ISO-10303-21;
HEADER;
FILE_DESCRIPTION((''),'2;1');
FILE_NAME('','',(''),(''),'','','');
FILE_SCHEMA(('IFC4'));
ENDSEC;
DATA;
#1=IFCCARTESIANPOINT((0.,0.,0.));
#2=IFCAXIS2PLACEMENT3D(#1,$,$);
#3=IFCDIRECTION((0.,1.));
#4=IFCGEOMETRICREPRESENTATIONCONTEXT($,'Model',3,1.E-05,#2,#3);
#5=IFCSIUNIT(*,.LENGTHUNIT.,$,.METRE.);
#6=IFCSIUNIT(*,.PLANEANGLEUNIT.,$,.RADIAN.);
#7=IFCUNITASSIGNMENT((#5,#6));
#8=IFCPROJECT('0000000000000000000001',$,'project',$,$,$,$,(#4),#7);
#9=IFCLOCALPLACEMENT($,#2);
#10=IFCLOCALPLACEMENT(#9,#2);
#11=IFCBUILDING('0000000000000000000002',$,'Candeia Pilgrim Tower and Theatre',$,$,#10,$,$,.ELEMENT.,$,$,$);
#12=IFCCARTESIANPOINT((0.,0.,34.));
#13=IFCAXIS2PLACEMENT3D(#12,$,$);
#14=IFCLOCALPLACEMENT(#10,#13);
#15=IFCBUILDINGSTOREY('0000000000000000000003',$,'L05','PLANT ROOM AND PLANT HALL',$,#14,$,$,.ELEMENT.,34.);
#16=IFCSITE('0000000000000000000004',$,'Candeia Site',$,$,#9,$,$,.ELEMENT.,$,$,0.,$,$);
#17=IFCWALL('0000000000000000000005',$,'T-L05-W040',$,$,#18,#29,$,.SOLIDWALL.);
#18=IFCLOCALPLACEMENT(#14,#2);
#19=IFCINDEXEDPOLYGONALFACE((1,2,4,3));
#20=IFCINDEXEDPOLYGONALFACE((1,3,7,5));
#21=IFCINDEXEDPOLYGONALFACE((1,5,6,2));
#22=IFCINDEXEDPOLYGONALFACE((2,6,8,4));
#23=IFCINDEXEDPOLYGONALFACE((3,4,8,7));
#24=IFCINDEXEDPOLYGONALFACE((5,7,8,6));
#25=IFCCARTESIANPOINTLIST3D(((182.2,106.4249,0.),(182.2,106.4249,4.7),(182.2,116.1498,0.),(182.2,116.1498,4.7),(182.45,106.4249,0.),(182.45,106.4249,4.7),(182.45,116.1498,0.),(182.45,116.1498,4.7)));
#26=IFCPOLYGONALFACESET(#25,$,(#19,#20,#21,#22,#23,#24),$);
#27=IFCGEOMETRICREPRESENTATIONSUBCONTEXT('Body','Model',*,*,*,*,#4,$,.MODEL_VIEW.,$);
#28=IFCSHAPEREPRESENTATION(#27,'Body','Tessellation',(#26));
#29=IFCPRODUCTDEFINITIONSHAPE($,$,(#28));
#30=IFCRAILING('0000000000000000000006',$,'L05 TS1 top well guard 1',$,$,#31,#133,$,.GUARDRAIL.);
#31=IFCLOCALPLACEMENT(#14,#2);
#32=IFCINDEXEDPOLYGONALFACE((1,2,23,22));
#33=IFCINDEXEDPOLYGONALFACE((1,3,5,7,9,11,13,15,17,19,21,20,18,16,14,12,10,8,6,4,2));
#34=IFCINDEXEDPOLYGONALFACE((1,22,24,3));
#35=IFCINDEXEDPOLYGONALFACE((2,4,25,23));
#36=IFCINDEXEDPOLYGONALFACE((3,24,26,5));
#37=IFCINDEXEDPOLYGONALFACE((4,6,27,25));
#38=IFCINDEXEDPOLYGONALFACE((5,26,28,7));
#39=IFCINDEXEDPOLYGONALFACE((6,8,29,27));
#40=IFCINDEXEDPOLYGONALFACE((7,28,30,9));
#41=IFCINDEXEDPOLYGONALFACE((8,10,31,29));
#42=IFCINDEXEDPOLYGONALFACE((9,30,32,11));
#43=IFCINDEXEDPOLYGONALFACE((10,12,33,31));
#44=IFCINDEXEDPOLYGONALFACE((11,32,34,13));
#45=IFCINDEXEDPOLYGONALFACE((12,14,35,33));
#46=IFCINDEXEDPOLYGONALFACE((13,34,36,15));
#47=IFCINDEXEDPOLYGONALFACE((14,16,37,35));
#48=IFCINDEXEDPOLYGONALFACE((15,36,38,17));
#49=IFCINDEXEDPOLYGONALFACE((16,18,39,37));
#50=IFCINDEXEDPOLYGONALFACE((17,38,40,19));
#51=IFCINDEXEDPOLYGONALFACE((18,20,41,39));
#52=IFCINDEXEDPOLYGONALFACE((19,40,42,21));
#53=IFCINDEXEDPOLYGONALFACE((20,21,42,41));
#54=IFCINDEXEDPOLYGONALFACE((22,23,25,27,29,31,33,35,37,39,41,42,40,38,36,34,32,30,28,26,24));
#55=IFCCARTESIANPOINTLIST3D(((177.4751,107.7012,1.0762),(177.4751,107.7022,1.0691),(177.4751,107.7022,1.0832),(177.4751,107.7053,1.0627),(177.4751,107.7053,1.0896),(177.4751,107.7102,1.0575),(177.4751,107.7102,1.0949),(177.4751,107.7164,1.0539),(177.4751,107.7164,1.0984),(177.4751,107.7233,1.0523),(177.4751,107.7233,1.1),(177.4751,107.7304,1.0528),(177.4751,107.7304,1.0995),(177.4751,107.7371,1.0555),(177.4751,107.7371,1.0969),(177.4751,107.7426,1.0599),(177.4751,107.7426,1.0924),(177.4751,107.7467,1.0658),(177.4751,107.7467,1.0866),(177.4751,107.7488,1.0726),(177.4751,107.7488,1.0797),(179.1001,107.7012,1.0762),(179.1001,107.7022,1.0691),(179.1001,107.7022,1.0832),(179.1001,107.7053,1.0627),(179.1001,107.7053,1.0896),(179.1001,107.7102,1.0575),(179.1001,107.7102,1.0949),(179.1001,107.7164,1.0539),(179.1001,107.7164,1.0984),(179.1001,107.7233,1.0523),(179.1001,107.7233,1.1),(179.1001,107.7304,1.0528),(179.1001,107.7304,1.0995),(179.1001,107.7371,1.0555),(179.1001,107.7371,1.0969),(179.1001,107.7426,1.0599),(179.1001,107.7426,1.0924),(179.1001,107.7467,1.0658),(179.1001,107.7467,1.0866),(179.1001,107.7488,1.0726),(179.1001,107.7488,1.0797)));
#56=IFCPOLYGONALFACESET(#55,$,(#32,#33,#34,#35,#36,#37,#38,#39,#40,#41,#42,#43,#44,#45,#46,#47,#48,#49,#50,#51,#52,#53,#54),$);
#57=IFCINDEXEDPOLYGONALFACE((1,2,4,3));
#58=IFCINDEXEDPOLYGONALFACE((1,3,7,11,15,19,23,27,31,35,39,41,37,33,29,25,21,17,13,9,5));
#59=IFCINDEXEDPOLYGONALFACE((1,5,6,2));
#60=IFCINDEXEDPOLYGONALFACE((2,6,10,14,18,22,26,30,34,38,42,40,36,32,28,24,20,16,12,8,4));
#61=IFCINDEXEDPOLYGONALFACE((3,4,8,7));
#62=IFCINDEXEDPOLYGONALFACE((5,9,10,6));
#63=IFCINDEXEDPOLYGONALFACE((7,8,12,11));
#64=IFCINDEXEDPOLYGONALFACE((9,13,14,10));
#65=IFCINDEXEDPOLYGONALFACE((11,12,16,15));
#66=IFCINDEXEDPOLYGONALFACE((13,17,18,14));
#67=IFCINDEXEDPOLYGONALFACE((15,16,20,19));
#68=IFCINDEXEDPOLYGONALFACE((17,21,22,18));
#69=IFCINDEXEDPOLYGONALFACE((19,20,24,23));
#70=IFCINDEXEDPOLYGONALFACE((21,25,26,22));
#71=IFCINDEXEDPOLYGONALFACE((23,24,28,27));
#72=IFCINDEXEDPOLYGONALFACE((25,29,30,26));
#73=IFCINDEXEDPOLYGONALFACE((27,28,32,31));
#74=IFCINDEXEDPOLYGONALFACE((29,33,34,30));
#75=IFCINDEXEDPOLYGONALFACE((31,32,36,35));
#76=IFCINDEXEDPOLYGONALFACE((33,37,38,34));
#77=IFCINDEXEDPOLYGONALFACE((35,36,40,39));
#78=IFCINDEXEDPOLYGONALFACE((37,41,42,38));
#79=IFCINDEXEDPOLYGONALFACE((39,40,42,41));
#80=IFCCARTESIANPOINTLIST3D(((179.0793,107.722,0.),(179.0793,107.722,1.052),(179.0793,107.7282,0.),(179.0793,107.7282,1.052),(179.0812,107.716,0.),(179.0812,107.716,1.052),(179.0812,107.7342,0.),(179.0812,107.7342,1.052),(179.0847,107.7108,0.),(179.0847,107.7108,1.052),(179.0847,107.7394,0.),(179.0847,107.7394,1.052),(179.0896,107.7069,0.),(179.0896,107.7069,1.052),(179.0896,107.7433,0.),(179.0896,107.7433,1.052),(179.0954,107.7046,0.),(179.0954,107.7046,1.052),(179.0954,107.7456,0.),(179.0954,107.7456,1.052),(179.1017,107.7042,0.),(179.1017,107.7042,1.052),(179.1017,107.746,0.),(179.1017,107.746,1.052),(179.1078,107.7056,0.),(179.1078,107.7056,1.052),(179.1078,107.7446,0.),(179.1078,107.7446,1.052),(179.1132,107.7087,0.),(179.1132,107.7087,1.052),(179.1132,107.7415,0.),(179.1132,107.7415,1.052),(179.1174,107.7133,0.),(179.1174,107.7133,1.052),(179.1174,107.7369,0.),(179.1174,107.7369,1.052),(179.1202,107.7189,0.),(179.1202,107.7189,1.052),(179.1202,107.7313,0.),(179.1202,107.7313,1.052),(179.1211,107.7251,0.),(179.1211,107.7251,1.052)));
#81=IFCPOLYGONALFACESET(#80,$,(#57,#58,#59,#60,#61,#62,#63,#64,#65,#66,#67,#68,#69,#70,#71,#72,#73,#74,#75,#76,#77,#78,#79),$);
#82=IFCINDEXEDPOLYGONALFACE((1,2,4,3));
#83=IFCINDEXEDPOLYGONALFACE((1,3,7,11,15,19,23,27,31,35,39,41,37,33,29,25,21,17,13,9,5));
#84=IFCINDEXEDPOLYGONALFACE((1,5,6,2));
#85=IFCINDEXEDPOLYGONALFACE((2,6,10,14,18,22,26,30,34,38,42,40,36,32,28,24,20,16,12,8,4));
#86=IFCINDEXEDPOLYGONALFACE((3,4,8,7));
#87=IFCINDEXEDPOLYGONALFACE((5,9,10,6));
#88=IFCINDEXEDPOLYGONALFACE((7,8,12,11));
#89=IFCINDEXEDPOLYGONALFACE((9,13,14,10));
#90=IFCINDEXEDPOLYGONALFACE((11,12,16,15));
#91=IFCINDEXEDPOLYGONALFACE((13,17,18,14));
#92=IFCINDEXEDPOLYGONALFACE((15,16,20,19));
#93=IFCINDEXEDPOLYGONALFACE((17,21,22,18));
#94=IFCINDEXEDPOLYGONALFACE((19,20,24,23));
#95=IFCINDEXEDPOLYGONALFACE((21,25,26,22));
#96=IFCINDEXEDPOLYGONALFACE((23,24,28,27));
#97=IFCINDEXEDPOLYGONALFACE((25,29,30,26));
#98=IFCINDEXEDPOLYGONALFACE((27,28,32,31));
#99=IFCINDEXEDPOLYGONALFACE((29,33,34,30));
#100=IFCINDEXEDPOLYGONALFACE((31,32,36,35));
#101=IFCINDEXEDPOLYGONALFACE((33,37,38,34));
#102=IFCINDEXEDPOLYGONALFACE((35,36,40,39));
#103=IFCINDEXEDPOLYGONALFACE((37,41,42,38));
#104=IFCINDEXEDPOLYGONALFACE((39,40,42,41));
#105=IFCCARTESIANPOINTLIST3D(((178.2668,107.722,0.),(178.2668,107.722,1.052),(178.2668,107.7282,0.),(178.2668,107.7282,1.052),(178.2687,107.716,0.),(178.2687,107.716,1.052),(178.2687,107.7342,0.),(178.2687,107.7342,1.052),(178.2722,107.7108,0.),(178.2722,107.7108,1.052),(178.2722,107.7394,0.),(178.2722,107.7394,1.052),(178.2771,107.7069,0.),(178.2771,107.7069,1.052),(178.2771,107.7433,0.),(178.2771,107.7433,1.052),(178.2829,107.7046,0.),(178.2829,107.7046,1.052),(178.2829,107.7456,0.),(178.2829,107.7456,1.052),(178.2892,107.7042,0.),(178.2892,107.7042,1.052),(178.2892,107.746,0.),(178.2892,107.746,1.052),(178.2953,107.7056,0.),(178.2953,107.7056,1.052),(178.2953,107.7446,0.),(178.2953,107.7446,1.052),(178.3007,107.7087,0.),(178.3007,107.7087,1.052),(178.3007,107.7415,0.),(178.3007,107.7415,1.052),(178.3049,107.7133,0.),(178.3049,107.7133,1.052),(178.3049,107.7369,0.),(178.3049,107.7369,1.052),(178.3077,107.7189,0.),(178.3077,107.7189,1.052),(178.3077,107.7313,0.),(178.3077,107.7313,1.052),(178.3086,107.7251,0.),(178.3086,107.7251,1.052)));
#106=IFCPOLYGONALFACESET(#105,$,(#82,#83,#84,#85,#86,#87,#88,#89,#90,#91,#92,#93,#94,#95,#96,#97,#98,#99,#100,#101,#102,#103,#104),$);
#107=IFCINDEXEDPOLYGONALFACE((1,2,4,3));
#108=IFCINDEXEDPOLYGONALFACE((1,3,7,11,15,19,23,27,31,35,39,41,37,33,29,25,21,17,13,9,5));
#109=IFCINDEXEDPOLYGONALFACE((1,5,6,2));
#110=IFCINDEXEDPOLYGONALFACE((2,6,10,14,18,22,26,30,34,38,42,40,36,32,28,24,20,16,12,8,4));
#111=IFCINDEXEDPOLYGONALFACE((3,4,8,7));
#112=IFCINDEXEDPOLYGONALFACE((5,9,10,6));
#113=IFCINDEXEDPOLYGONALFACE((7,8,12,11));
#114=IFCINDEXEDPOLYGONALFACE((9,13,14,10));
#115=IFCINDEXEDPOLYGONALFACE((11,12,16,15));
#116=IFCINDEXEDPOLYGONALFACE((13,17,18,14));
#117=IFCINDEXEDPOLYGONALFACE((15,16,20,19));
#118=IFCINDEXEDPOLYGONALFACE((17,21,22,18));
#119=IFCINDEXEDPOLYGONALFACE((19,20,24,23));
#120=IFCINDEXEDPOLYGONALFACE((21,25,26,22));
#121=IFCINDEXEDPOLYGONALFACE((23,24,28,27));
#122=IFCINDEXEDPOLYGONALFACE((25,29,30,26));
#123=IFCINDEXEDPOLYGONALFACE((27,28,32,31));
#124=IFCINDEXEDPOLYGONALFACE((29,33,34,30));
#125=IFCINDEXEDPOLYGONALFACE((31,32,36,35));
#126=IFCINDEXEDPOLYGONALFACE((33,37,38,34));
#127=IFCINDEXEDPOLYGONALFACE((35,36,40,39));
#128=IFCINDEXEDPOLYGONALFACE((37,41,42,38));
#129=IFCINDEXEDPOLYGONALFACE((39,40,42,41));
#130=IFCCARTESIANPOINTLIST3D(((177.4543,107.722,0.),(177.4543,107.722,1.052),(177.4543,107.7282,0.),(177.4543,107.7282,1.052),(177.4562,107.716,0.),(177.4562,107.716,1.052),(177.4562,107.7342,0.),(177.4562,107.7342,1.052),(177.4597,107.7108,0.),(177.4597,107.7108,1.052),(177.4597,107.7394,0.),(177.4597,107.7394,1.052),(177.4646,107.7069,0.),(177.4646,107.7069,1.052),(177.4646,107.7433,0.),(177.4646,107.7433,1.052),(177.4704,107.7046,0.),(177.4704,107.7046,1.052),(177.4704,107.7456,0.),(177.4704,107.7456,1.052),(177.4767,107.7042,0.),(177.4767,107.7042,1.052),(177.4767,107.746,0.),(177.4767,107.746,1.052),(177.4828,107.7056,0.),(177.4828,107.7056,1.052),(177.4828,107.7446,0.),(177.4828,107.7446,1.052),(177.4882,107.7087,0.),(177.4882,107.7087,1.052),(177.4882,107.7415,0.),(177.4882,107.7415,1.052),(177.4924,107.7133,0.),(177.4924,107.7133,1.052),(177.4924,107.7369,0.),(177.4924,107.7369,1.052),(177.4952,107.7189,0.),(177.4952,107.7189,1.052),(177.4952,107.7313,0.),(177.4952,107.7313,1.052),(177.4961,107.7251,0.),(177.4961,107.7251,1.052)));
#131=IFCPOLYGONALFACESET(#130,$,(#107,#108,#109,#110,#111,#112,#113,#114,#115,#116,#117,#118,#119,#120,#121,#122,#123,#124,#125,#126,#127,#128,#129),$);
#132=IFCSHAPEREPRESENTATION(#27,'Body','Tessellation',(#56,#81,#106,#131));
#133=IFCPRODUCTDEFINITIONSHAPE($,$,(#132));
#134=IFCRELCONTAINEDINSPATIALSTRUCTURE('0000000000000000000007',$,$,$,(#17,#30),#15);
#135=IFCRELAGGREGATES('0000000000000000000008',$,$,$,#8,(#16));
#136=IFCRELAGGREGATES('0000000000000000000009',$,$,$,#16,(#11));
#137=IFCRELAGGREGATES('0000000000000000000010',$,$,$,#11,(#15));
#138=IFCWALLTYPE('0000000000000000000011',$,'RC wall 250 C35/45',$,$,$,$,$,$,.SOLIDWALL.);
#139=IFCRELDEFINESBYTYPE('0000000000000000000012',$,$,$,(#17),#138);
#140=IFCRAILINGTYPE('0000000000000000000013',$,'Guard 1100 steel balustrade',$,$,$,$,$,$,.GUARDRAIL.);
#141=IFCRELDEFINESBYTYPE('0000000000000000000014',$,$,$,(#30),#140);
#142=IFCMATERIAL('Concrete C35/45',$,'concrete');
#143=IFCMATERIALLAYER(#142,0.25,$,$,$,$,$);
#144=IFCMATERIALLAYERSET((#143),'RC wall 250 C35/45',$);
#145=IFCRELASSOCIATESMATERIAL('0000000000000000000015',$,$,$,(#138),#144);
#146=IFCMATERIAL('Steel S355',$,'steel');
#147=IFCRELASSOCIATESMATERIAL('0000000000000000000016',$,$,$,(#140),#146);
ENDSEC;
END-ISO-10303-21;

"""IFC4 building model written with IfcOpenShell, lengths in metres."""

from ifc_helpers import new_model, si_unit, direction, frame, frame_2d, origin, origin_2d, place, context, subcontext, project, spatial, rectangle, circle, extrude, material, layer, layer_set, type_object, element, save


model = new_model("IFC4")

# Units and contexts
model_context = context("Model", 3, precision=1e-05, world=origin(), true_north=direction((0.0, 1.0)))
body_context = subcontext(model_context, "Body", "Model", "MODEL_VIEW")
ifc_project = project(units=[si_unit("LENGTHUNIT", "METRE"), si_unit("PLANEANGLEUNIT", "RADIAN")], contexts=[model_context])

# Site, building, storey
site_placement = place(None, origin())
site = spatial("IfcSite", under=ifc_project, at=site_placement, Name="Candeia Site", CompositionType="ELEMENT", RefElevation=0.0)
building_placement = place(site_placement, origin())
building = spatial("IfcBuilding", under=site, at=building_placement, Name="Candeia Pilgrim Tower and Theatre", CompositionType="ELEMENT")
storey_placement = place(building_placement, frame((0.0, 0.0, 34.0)))
storey = spatial("IfcBuildingStorey", under=building, at=storey_placement, Name="L05", Description="PLANT ROOM AND PLANT HALL", CompositionType="ELEMENT", Elevation=34.0)

# Shared definitions
ifc_material_1 = material(Name="Concrete C35/45", Category="concrete")
ifc_layer_1 = layer(ifc_material_1, 0.25)
ifc_layer_set_1 = layer_set([ifc_layer_1], Name="RC wall 250 C35/45")
wall_type_1 = type_object("IfcWallType", Name="RC wall 250 C35/45", PredefinedType="SOLIDWALL", material=ifc_layer_set_1)

# Wall
for number, where, z_axis, x_axis, name in (
    (1, (182.325, 106.425, 0.0), (0.0, 0.0, 1.0), (0.0, 1.0, 0.0), "T-L05-W040"),
):
    element("IfcWall", number, at=place(storey_placement, frame(where, z_axis=z_axis, x_axis=x_axis)), inside=storey, type_object=wall_type_1, Name=name, PredefinedType="SOLIDWALL", context=body_context, shape_type="SweptSolid", body=[
        extrude(rectangle(XDim=9.7249, YDim=0.25, at=frame_2d((4.8623, 0.0))), origin(), (0.0, 0.0, 1.0), 4.7),
    ])

# Railing
ifc_material_2 = material(Name="Steel S355", Category="steel")
railing_type = type_object("IfcRailingType", Name="Guard 1100 steel balustrade", PredefinedType="GUARDRAIL", material=ifc_material_2)
railing_1_placement = place(storey_placement, frame((179.1001, 107.7251, 0.0)))
element("IfcRailing", 2, at=railing_1_placement, inside=storey, type_object=railing_type, Name="L05 TS1 top well guard 1", PredefinedType="GUARDRAIL", context=body_context, shape_type="SweptSolid", body=[
    extrude(circle(Radius=0.0239, at=origin_2d()), frame((0.0, 0.0, 1.0762), z_axis=(-1.0, 0.0, 0.0), x_axis=(0.0, -1.0, 0.0)), (0.0, 0.0, 1.0), 1.625),
    extrude(circle(Radius=0.021, at=origin_2d()), origin(), (0.0, 0.0, 1.0), 1.052),
    extrude(circle(Radius=0.021, at=origin_2d()), frame((-0.8125, 0.0, 0.0)), (0.0, 0.0, 1.0), 1.052),
    extrude(circle(Radius=0.021, at=origin_2d()), frame((-1.625, 0.0, 0.0)), (0.0, 0.0, 1.0), 1.052),
])

save(model, "model.ifc")
